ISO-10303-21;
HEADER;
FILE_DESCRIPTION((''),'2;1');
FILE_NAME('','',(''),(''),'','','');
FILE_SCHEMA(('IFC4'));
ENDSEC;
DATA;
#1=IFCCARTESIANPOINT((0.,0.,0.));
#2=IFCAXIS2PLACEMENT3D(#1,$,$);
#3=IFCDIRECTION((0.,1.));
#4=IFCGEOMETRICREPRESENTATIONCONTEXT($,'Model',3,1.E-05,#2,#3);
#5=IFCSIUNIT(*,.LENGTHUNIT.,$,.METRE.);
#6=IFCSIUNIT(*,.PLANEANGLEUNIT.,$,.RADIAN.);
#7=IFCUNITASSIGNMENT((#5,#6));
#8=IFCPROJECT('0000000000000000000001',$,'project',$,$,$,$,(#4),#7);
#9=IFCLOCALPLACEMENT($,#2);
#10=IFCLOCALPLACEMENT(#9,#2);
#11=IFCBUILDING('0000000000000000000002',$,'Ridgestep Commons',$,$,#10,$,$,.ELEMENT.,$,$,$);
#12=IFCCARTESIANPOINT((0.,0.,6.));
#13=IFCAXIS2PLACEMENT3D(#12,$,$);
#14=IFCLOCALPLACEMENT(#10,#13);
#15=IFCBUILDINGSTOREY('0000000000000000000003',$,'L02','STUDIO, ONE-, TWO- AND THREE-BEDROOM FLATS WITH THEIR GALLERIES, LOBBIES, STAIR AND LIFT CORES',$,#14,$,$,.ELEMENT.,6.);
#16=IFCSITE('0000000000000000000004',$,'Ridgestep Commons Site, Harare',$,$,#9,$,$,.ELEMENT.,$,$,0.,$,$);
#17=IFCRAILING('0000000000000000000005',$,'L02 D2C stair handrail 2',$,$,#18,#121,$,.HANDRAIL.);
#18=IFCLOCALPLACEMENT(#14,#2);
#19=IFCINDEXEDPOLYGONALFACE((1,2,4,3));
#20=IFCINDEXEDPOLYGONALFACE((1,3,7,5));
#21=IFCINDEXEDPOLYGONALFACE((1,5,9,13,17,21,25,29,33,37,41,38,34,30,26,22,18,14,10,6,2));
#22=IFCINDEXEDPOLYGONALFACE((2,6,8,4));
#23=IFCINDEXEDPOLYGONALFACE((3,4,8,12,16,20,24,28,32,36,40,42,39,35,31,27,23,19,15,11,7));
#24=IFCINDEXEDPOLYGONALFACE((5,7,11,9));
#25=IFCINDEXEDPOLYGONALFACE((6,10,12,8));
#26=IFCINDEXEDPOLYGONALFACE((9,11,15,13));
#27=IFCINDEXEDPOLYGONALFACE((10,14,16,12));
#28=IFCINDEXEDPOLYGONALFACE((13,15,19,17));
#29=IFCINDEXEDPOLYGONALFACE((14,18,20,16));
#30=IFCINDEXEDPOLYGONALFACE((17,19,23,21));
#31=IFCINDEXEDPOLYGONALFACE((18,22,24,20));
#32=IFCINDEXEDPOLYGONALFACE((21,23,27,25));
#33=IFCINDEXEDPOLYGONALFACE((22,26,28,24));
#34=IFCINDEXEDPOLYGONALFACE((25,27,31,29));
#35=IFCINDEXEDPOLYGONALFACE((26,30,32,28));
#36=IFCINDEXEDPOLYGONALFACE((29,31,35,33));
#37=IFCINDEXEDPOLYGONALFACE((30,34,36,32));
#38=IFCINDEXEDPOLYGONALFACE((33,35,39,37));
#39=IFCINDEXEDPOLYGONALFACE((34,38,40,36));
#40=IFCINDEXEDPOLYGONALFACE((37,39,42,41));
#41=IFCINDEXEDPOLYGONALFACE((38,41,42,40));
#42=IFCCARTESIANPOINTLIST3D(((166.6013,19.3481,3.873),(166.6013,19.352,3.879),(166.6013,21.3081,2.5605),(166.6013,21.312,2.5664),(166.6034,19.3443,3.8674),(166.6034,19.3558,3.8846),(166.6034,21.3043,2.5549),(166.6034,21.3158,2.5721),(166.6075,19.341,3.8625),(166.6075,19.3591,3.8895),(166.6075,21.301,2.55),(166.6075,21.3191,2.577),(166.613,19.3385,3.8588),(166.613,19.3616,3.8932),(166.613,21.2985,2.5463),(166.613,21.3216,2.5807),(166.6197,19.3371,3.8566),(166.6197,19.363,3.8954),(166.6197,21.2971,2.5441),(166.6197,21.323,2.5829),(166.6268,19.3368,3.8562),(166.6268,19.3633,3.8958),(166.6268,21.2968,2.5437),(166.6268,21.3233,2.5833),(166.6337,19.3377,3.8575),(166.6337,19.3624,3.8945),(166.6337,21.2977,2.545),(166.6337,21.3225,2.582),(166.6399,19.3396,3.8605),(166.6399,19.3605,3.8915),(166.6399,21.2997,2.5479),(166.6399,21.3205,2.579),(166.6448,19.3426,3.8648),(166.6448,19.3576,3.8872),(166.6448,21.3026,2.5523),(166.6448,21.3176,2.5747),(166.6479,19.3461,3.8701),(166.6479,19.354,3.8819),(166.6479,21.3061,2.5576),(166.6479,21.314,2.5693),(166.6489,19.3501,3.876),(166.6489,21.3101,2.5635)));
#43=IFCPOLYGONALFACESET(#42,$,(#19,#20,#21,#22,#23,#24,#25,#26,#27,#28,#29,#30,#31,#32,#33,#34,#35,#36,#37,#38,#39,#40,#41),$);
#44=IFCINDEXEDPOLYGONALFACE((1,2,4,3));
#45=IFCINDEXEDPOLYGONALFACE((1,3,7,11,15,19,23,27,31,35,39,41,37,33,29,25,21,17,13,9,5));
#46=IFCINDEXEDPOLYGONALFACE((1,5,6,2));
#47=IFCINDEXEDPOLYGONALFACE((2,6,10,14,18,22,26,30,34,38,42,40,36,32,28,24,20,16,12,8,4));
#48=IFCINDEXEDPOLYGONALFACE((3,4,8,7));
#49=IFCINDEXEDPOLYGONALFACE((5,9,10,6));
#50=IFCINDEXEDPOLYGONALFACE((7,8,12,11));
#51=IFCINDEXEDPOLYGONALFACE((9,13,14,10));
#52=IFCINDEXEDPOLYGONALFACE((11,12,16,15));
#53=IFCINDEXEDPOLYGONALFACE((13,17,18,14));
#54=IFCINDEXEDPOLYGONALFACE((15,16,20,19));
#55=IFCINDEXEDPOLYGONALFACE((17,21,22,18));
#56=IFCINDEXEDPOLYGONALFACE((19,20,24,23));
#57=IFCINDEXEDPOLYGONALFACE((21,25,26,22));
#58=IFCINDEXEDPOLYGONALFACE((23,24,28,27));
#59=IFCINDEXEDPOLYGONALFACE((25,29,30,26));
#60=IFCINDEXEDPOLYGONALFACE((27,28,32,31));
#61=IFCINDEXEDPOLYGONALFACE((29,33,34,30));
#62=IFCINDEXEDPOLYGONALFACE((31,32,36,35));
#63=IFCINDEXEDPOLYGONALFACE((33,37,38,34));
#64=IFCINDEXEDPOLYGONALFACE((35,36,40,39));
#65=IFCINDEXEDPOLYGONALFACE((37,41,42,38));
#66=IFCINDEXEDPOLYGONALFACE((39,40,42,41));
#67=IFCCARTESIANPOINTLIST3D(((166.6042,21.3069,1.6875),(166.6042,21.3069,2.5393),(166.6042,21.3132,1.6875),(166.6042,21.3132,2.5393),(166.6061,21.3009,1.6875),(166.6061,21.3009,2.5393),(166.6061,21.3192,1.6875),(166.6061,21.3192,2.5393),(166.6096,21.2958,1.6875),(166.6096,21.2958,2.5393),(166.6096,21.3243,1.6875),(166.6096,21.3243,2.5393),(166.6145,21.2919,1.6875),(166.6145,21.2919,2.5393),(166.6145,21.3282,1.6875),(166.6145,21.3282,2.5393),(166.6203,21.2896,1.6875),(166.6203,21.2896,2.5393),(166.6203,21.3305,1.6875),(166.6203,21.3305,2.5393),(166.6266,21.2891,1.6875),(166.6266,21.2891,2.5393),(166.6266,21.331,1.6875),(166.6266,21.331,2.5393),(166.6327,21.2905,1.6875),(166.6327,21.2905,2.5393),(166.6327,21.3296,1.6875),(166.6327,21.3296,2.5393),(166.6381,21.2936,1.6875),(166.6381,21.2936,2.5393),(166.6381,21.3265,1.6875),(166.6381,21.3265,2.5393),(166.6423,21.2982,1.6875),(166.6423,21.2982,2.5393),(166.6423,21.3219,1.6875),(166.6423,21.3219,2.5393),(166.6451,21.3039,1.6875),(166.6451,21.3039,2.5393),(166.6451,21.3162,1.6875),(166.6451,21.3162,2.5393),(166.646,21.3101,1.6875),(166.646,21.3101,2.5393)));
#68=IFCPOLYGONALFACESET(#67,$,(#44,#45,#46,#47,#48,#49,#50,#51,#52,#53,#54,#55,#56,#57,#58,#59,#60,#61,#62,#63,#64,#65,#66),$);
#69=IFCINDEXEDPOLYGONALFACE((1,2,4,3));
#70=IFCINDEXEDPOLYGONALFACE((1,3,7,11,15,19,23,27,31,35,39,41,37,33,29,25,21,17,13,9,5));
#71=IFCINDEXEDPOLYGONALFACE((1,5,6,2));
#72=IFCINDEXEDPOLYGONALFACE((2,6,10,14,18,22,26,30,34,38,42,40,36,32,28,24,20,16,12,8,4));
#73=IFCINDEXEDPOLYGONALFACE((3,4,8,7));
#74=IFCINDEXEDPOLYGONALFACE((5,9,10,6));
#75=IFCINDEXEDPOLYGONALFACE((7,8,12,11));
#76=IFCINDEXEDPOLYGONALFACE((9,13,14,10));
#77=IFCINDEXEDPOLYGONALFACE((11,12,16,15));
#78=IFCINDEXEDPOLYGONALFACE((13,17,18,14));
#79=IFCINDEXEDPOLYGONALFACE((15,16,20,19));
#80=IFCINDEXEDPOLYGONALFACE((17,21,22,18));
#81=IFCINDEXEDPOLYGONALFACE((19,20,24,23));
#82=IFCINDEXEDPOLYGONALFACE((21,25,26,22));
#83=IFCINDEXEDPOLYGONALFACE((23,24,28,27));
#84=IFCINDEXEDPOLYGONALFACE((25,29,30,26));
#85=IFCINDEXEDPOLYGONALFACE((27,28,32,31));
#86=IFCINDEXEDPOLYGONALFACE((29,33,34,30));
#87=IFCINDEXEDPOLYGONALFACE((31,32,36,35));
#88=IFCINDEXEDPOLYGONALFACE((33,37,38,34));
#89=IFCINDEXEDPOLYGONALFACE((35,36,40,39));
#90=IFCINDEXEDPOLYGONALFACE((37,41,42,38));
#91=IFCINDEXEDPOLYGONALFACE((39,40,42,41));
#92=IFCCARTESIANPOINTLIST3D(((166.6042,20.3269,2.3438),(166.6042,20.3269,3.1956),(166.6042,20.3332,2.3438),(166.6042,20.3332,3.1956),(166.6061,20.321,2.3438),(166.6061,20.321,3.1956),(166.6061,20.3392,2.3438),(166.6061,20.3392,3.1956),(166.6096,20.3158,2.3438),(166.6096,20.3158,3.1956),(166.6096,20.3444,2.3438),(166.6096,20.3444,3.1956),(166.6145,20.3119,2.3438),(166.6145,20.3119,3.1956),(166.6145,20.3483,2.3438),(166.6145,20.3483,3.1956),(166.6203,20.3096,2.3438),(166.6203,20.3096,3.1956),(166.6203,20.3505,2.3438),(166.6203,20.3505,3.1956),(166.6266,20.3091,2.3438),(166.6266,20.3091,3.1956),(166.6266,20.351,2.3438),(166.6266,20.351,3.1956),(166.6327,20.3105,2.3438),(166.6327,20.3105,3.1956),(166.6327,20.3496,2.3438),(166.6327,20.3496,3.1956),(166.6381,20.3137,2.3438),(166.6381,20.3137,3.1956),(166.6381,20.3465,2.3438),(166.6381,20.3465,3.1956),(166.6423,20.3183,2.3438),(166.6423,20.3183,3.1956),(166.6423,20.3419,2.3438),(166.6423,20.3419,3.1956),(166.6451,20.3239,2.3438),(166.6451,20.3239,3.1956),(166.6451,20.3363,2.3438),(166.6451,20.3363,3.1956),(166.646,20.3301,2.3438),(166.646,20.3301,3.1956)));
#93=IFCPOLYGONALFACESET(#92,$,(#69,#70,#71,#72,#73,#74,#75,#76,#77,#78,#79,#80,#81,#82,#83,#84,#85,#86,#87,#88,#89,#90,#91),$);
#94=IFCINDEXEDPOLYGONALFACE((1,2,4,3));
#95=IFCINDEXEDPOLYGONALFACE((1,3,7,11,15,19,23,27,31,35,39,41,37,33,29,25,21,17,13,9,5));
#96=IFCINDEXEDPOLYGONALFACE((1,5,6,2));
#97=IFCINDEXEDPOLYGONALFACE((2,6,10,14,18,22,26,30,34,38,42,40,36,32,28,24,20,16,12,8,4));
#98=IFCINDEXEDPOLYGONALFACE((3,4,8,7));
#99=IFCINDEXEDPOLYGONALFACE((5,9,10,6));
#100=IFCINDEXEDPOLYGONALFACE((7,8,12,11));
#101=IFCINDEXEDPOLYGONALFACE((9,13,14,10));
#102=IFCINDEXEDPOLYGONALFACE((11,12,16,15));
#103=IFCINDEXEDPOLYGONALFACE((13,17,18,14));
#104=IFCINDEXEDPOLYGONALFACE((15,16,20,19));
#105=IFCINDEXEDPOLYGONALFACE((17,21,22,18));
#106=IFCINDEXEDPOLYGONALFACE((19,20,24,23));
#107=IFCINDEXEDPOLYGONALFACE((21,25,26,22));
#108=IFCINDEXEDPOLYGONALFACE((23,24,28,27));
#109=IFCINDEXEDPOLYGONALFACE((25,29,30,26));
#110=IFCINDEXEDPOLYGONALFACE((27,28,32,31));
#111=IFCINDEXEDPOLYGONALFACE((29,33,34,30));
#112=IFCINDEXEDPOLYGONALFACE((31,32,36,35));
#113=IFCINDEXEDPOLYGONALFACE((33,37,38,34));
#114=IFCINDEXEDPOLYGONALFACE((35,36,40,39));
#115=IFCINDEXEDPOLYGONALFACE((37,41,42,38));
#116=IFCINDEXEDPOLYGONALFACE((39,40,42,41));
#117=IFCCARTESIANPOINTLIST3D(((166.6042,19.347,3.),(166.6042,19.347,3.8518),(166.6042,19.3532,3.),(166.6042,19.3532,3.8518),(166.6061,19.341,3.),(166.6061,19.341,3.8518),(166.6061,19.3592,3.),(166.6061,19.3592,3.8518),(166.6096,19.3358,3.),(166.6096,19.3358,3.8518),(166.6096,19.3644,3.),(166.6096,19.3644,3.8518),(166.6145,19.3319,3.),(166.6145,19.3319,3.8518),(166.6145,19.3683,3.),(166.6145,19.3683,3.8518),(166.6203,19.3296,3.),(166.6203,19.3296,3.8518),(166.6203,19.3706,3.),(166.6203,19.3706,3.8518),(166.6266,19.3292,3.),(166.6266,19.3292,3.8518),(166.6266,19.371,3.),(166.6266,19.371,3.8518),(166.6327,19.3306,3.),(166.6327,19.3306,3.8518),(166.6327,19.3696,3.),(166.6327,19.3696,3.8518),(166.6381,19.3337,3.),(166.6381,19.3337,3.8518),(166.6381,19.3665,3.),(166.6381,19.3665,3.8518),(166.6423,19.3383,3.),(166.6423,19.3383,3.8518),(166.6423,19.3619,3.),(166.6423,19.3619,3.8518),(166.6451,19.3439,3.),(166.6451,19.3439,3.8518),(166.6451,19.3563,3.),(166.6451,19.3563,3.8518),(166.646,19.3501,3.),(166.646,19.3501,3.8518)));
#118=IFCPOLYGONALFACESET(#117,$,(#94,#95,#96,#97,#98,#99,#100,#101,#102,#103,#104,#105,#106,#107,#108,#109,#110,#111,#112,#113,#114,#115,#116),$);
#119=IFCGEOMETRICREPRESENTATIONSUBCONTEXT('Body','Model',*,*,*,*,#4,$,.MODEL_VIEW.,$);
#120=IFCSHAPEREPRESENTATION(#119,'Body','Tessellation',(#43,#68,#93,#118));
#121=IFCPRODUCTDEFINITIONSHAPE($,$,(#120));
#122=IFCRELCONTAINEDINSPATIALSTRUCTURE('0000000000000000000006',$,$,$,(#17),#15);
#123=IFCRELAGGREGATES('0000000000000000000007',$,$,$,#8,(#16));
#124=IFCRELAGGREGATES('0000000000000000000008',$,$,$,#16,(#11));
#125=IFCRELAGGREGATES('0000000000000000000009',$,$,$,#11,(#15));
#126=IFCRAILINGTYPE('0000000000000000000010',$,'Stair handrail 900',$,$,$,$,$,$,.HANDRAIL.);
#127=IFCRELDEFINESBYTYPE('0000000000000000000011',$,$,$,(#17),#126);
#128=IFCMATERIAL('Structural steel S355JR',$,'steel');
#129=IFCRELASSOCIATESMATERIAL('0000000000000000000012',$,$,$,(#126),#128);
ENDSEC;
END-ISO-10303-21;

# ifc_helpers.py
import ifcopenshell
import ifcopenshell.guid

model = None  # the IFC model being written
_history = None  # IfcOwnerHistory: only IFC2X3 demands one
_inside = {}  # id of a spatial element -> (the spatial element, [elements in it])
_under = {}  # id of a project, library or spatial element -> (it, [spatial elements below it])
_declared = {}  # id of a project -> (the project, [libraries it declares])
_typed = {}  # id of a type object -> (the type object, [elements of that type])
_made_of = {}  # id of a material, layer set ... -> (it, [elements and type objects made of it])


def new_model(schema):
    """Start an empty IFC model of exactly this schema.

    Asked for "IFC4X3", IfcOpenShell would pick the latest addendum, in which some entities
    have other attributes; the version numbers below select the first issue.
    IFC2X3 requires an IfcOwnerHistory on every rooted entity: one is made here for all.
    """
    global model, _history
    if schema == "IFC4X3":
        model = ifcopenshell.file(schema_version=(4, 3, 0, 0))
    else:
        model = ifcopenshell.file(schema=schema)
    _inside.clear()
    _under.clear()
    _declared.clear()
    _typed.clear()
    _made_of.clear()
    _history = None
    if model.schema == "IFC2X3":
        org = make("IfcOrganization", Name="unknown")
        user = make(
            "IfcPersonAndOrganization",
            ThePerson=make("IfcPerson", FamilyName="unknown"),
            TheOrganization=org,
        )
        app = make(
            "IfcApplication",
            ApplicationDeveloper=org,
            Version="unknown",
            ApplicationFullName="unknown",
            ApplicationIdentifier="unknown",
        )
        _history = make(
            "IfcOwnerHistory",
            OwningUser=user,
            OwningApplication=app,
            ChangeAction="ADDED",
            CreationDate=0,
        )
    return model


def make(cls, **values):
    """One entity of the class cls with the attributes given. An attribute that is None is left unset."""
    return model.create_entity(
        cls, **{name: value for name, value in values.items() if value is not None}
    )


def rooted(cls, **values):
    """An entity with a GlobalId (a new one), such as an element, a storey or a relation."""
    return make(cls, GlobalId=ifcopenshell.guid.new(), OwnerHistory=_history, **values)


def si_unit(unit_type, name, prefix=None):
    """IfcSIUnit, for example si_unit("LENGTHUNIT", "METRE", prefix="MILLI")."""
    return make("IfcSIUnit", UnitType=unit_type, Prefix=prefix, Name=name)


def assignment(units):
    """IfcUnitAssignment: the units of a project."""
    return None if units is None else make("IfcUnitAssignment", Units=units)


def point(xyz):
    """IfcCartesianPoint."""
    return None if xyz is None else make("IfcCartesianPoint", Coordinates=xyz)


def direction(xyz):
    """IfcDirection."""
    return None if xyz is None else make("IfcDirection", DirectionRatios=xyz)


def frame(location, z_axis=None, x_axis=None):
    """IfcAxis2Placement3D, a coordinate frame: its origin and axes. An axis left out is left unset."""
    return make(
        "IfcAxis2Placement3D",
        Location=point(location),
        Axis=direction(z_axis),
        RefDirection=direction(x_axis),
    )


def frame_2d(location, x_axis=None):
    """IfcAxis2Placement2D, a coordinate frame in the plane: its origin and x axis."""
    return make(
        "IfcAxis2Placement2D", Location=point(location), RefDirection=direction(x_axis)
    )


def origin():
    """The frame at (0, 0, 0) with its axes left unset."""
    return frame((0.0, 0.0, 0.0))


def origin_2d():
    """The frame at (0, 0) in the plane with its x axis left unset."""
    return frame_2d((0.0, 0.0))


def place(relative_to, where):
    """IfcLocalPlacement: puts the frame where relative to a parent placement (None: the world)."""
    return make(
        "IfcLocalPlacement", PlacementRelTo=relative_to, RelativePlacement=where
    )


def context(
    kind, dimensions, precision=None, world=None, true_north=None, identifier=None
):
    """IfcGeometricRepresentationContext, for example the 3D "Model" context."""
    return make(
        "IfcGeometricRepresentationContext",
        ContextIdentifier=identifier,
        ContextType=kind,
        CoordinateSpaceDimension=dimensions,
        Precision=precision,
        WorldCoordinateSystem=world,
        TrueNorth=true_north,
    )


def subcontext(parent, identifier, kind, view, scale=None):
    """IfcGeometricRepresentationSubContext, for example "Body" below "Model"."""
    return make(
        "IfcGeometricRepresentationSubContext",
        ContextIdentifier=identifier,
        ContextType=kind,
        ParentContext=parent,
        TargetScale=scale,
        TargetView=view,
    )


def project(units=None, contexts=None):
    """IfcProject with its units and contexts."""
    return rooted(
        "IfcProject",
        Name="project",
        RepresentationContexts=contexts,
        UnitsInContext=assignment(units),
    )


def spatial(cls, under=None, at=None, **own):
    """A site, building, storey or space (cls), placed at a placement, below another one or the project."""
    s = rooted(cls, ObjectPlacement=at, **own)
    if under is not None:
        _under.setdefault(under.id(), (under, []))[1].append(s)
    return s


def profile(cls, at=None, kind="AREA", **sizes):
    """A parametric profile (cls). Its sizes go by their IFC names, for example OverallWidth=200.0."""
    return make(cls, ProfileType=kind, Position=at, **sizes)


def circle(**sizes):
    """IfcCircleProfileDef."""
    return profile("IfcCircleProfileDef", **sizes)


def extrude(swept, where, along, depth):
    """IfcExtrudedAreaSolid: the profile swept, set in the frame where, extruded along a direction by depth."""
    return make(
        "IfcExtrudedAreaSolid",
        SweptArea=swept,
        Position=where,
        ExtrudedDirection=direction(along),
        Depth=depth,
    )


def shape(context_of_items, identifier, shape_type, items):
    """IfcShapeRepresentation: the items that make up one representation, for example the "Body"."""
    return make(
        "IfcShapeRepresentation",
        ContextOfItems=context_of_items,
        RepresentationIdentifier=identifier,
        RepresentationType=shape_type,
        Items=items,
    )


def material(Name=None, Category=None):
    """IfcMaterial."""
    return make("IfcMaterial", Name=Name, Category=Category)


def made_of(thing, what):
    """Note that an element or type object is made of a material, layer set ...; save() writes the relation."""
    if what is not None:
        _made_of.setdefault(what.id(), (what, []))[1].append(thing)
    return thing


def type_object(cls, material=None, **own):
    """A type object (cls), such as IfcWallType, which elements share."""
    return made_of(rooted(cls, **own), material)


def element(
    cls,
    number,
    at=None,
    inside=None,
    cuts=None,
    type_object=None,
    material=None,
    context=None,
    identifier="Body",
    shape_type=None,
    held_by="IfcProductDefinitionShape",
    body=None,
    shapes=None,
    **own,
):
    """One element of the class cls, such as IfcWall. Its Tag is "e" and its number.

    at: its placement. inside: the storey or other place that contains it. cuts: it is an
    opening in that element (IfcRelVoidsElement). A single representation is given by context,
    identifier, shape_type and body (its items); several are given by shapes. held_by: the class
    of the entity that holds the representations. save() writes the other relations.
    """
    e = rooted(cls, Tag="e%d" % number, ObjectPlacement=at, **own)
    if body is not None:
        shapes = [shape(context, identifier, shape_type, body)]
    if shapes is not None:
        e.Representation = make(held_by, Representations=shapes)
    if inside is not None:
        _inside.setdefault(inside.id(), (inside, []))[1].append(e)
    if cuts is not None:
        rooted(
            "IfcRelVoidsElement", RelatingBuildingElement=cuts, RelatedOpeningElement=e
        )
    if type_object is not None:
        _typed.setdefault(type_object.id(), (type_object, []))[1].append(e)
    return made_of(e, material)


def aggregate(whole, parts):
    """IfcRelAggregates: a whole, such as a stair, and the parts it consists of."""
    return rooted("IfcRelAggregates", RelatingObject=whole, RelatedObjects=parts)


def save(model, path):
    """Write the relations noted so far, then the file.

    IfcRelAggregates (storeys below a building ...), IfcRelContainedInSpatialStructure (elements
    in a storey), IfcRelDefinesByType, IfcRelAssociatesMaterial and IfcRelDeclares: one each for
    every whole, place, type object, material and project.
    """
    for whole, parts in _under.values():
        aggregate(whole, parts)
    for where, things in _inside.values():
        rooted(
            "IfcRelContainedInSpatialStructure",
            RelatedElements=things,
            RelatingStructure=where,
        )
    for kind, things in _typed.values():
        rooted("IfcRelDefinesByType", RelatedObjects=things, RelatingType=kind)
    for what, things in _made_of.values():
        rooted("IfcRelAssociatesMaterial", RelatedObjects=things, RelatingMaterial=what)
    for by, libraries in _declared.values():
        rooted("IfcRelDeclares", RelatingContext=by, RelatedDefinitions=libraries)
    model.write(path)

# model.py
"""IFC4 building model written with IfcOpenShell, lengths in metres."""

from ifc_helpers import new_model, si_unit, direction, frame, origin, origin_2d, place, context, subcontext, project, spatial, circle, extrude, material, type_object, element, save


model = new_model("IFC4")

# Units and contexts
model_context = context("Model", 3, precision=1e-05, world=origin(), true_north=direction((0.0, 1.0)))
body_context = subcontext(model_context, "Body", "Model", "MODEL_VIEW")
ifc_project = project(units=[si_unit("LENGTHUNIT", "METRE"), si_unit("PLANEANGLEUNIT", "RADIAN")], contexts=[model_context])

# Site, building, storey
site_placement = place(None, origin())
site = spatial("IfcSite", under=ifc_project, at=site_placement, Name="Ridgestep Commons Site, Harare", CompositionType="ELEMENT", RefElevation=0.0)
building_placement = place(site_placement, origin())
building = spatial("IfcBuilding", under=site, at=building_placement, Name="Ridgestep Commons", CompositionType="ELEMENT")
storey_placement = place(building_placement, frame((0.0, 0.0, 6.0)))
storey = spatial("IfcBuildingStorey", under=building, at=storey_placement, Name="L02", Description="STUDIO, ONE-, TWO- AND THREE-BEDROOM FLATS WITH THEIR GALLERIES, LOBBIES, STAIR AND LIFT CORES", CompositionType="ELEMENT", Elevation=6.0)

# Railing
ifc_material_1 = material(Name="Structural steel S355JR", Category="steel")
railing_type_1 = type_object("IfcRailingType", Name="Stair handrail 900", PredefinedType="HANDRAIL", material=ifc_material_1)
railing_1_placement = place(storey_placement, frame((166.625, 21.3101, 1.6875)))
element("IfcRailing", 1, at=railing_1_placement, inside=storey, type_object=railing_type_1, Name="L02 D2C stair handrail 2", PredefinedType="HANDRAIL", context=body_context, shape_type="SweptSolid", body=[
    extrude(circle(Radius=0.0239, at=origin_2d()), frame((0.0, 0.0, 0.876), z_axis=(0.0, -0.830902, 0.556419), x_axis=(1.0, 0.0, 0.0)), (0.0, 0.0, 1.0), 2.3589),
    extrude(circle(Radius=0.021, at=origin_2d()), origin(), (0.0, 0.0, 1.0), 0.8518),
    extrude(circle(Radius=0.021, at=origin_2d()), frame((0.0, -0.98, 0.6562)), (0.0, 0.0, 1.0), 0.8518),
    extrude(circle(Radius=0.021, at=origin_2d()), frame((0.0, -1.96, 1.3125)), (0.0, 0.0, 1.0), 0.8518),
])

save(model, "model.ifc")
